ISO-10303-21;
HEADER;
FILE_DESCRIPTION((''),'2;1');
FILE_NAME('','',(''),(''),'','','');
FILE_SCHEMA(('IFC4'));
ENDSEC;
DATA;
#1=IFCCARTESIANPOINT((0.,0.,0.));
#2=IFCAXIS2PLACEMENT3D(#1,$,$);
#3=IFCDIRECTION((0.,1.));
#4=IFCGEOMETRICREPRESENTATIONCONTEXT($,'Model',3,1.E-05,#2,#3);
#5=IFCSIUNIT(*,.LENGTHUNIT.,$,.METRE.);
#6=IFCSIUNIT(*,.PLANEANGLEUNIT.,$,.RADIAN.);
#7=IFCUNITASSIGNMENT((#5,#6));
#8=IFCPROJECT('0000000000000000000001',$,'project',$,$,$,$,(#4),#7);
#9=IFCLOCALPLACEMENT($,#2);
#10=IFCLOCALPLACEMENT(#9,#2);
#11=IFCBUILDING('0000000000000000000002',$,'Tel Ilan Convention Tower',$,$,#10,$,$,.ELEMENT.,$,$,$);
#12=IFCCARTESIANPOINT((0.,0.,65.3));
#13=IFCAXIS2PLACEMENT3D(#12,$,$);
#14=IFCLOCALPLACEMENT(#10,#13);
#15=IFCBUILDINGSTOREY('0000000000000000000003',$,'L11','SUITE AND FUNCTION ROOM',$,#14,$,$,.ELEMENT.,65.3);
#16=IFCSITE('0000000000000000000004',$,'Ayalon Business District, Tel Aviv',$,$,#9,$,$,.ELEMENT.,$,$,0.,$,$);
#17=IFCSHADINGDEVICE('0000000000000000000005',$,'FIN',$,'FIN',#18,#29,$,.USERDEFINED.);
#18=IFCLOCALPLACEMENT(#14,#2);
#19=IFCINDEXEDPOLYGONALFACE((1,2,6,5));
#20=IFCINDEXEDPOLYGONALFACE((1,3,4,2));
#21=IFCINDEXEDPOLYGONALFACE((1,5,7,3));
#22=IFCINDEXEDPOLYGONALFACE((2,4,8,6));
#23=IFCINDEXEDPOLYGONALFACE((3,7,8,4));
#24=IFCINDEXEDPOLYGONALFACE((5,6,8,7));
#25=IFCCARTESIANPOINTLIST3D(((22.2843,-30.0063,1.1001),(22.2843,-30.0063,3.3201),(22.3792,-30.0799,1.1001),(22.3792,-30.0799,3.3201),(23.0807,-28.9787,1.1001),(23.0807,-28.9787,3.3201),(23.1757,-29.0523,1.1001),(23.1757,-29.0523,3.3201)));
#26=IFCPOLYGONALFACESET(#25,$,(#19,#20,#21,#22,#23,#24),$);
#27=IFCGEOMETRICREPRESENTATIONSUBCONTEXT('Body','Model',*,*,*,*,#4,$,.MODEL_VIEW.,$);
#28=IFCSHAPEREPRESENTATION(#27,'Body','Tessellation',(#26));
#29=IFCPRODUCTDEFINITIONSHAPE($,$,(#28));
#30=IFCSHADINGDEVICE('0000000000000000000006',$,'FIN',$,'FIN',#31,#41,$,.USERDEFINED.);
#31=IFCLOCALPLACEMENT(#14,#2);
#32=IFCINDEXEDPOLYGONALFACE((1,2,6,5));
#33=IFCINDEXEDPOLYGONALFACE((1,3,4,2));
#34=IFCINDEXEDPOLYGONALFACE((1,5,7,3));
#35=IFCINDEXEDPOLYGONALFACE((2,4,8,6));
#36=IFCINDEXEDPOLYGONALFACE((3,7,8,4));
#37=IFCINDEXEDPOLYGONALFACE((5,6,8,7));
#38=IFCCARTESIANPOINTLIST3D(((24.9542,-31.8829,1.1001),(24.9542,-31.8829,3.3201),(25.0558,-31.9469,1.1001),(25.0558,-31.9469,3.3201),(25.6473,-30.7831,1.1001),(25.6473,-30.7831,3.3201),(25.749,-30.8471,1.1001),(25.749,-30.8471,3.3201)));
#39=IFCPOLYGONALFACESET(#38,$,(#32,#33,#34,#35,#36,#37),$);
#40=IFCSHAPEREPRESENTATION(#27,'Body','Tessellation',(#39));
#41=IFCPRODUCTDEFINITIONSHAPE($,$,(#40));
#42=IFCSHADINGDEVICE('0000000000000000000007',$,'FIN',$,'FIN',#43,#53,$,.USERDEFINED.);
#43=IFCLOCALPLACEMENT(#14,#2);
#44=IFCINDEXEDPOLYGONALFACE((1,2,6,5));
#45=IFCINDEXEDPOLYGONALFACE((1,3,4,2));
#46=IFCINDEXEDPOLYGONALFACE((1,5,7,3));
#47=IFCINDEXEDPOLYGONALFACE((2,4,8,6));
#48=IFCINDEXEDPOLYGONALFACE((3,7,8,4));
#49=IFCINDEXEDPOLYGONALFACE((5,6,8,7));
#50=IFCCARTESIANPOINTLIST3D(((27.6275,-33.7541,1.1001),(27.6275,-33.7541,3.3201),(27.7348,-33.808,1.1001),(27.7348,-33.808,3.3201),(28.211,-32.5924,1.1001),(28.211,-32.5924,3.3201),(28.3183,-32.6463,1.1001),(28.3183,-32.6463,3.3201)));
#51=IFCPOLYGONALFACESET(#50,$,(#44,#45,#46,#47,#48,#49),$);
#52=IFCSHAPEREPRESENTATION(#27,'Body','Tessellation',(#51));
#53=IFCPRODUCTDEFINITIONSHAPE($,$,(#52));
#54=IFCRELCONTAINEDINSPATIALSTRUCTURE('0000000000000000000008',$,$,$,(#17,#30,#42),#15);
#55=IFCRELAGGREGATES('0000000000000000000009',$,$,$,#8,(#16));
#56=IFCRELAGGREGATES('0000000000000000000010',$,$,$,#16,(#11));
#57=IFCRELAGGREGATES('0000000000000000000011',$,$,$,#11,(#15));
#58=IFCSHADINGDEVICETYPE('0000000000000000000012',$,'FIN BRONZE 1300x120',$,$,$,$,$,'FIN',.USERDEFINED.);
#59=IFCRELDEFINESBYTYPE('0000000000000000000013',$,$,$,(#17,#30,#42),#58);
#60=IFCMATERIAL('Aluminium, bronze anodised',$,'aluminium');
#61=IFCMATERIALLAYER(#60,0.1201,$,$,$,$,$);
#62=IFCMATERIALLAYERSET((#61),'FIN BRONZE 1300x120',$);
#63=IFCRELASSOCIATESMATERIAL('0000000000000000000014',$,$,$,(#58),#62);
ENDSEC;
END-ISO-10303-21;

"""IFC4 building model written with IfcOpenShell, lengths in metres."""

from ifc_helpers import new_model, si_unit, direction, frame, origin, origin_2d, place, context, subcontext, project, spatial, rectangle, extrude, material, layer, layer_set, type_object, element, save


model = new_model("IFC4")

# Units and contexts
model_context = context("Model", 3, precision=1e-05, world=origin(), true_north=direction((0.0, 1.0)))
body_context = subcontext(model_context, "Body", "Model", "MODEL_VIEW")
ifc_project = project(units=[si_unit("LENGTHUNIT", "METRE"), si_unit("PLANEANGLEUNIT", "RADIAN")], contexts=[model_context])

# Site, building, storey
site_placement = place(None, origin())
site = spatial("IfcSite", under=ifc_project, at=site_placement, Name="Ayalon Business District, Tel Aviv", CompositionType="ELEMENT", RefElevation=0.0)
building_placement = place(site_placement, origin())
building = spatial("IfcBuilding", under=site, at=building_placement, Name="Tel Ilan Convention Tower", CompositionType="ELEMENT")
storey_placement = place(building_placement, frame((0.0, 0.0, 65.3)))
storey = spatial("IfcBuildingStorey", under=building, at=storey_placement, Name="L11", Description="SUITE AND FUNCTION ROOM", CompositionType="ELEMENT", Elevation=65.3)

# Shading devices
ifc_material_1 = material(Name="Aluminium, bronze anodised", Category="aluminium")
ifc_layer_1 = layer(ifc_material_1, 0.1201)
ifc_layer_set_1 = layer_set([ifc_layer_1], Name="FIN BRONZE 1300x120")
shading_device_type = type_object("IfcShadingDeviceType", Name="FIN BRONZE 1300x120", ElementType="FIN", PredefinedType="USERDEFINED", material=ifc_layer_set_1)
for number, where, z_axis, x_axis, name in (
    (1, (22.73, -29.5293, 1.1001), (0.0, 0.0, 1.0), (-0.612601, -0.790393, 0.0), "FIN"),
    (2, (25.3516, -31.365, 1.1001), (0.0, 0.0, 1.0), (-0.533204, -0.845986, 0.0), "FIN"),
    (3, (27.9729, -33.2002, 1.1001), (0.0, 0.0, 1.0), (-0.448799, -0.893633, 0.0), "FIN"),
):
    element("IfcShadingDevice", number, at=place(storey_placement, frame(where, z_axis=z_axis, x_axis=x_axis)), inside=storey, type_object=shading_device_type, Name=name, ObjectType="FIN", PredefinedType="USERDEFINED", context=body_context, shape_type="SweptSolid", body=[
        extrude(rectangle(XDim=1.3, YDim=0.1201, at=origin_2d()), origin(), (0.0, 0.0, 1.0), 2.22),
    ])

save(model, "model.ifc")
